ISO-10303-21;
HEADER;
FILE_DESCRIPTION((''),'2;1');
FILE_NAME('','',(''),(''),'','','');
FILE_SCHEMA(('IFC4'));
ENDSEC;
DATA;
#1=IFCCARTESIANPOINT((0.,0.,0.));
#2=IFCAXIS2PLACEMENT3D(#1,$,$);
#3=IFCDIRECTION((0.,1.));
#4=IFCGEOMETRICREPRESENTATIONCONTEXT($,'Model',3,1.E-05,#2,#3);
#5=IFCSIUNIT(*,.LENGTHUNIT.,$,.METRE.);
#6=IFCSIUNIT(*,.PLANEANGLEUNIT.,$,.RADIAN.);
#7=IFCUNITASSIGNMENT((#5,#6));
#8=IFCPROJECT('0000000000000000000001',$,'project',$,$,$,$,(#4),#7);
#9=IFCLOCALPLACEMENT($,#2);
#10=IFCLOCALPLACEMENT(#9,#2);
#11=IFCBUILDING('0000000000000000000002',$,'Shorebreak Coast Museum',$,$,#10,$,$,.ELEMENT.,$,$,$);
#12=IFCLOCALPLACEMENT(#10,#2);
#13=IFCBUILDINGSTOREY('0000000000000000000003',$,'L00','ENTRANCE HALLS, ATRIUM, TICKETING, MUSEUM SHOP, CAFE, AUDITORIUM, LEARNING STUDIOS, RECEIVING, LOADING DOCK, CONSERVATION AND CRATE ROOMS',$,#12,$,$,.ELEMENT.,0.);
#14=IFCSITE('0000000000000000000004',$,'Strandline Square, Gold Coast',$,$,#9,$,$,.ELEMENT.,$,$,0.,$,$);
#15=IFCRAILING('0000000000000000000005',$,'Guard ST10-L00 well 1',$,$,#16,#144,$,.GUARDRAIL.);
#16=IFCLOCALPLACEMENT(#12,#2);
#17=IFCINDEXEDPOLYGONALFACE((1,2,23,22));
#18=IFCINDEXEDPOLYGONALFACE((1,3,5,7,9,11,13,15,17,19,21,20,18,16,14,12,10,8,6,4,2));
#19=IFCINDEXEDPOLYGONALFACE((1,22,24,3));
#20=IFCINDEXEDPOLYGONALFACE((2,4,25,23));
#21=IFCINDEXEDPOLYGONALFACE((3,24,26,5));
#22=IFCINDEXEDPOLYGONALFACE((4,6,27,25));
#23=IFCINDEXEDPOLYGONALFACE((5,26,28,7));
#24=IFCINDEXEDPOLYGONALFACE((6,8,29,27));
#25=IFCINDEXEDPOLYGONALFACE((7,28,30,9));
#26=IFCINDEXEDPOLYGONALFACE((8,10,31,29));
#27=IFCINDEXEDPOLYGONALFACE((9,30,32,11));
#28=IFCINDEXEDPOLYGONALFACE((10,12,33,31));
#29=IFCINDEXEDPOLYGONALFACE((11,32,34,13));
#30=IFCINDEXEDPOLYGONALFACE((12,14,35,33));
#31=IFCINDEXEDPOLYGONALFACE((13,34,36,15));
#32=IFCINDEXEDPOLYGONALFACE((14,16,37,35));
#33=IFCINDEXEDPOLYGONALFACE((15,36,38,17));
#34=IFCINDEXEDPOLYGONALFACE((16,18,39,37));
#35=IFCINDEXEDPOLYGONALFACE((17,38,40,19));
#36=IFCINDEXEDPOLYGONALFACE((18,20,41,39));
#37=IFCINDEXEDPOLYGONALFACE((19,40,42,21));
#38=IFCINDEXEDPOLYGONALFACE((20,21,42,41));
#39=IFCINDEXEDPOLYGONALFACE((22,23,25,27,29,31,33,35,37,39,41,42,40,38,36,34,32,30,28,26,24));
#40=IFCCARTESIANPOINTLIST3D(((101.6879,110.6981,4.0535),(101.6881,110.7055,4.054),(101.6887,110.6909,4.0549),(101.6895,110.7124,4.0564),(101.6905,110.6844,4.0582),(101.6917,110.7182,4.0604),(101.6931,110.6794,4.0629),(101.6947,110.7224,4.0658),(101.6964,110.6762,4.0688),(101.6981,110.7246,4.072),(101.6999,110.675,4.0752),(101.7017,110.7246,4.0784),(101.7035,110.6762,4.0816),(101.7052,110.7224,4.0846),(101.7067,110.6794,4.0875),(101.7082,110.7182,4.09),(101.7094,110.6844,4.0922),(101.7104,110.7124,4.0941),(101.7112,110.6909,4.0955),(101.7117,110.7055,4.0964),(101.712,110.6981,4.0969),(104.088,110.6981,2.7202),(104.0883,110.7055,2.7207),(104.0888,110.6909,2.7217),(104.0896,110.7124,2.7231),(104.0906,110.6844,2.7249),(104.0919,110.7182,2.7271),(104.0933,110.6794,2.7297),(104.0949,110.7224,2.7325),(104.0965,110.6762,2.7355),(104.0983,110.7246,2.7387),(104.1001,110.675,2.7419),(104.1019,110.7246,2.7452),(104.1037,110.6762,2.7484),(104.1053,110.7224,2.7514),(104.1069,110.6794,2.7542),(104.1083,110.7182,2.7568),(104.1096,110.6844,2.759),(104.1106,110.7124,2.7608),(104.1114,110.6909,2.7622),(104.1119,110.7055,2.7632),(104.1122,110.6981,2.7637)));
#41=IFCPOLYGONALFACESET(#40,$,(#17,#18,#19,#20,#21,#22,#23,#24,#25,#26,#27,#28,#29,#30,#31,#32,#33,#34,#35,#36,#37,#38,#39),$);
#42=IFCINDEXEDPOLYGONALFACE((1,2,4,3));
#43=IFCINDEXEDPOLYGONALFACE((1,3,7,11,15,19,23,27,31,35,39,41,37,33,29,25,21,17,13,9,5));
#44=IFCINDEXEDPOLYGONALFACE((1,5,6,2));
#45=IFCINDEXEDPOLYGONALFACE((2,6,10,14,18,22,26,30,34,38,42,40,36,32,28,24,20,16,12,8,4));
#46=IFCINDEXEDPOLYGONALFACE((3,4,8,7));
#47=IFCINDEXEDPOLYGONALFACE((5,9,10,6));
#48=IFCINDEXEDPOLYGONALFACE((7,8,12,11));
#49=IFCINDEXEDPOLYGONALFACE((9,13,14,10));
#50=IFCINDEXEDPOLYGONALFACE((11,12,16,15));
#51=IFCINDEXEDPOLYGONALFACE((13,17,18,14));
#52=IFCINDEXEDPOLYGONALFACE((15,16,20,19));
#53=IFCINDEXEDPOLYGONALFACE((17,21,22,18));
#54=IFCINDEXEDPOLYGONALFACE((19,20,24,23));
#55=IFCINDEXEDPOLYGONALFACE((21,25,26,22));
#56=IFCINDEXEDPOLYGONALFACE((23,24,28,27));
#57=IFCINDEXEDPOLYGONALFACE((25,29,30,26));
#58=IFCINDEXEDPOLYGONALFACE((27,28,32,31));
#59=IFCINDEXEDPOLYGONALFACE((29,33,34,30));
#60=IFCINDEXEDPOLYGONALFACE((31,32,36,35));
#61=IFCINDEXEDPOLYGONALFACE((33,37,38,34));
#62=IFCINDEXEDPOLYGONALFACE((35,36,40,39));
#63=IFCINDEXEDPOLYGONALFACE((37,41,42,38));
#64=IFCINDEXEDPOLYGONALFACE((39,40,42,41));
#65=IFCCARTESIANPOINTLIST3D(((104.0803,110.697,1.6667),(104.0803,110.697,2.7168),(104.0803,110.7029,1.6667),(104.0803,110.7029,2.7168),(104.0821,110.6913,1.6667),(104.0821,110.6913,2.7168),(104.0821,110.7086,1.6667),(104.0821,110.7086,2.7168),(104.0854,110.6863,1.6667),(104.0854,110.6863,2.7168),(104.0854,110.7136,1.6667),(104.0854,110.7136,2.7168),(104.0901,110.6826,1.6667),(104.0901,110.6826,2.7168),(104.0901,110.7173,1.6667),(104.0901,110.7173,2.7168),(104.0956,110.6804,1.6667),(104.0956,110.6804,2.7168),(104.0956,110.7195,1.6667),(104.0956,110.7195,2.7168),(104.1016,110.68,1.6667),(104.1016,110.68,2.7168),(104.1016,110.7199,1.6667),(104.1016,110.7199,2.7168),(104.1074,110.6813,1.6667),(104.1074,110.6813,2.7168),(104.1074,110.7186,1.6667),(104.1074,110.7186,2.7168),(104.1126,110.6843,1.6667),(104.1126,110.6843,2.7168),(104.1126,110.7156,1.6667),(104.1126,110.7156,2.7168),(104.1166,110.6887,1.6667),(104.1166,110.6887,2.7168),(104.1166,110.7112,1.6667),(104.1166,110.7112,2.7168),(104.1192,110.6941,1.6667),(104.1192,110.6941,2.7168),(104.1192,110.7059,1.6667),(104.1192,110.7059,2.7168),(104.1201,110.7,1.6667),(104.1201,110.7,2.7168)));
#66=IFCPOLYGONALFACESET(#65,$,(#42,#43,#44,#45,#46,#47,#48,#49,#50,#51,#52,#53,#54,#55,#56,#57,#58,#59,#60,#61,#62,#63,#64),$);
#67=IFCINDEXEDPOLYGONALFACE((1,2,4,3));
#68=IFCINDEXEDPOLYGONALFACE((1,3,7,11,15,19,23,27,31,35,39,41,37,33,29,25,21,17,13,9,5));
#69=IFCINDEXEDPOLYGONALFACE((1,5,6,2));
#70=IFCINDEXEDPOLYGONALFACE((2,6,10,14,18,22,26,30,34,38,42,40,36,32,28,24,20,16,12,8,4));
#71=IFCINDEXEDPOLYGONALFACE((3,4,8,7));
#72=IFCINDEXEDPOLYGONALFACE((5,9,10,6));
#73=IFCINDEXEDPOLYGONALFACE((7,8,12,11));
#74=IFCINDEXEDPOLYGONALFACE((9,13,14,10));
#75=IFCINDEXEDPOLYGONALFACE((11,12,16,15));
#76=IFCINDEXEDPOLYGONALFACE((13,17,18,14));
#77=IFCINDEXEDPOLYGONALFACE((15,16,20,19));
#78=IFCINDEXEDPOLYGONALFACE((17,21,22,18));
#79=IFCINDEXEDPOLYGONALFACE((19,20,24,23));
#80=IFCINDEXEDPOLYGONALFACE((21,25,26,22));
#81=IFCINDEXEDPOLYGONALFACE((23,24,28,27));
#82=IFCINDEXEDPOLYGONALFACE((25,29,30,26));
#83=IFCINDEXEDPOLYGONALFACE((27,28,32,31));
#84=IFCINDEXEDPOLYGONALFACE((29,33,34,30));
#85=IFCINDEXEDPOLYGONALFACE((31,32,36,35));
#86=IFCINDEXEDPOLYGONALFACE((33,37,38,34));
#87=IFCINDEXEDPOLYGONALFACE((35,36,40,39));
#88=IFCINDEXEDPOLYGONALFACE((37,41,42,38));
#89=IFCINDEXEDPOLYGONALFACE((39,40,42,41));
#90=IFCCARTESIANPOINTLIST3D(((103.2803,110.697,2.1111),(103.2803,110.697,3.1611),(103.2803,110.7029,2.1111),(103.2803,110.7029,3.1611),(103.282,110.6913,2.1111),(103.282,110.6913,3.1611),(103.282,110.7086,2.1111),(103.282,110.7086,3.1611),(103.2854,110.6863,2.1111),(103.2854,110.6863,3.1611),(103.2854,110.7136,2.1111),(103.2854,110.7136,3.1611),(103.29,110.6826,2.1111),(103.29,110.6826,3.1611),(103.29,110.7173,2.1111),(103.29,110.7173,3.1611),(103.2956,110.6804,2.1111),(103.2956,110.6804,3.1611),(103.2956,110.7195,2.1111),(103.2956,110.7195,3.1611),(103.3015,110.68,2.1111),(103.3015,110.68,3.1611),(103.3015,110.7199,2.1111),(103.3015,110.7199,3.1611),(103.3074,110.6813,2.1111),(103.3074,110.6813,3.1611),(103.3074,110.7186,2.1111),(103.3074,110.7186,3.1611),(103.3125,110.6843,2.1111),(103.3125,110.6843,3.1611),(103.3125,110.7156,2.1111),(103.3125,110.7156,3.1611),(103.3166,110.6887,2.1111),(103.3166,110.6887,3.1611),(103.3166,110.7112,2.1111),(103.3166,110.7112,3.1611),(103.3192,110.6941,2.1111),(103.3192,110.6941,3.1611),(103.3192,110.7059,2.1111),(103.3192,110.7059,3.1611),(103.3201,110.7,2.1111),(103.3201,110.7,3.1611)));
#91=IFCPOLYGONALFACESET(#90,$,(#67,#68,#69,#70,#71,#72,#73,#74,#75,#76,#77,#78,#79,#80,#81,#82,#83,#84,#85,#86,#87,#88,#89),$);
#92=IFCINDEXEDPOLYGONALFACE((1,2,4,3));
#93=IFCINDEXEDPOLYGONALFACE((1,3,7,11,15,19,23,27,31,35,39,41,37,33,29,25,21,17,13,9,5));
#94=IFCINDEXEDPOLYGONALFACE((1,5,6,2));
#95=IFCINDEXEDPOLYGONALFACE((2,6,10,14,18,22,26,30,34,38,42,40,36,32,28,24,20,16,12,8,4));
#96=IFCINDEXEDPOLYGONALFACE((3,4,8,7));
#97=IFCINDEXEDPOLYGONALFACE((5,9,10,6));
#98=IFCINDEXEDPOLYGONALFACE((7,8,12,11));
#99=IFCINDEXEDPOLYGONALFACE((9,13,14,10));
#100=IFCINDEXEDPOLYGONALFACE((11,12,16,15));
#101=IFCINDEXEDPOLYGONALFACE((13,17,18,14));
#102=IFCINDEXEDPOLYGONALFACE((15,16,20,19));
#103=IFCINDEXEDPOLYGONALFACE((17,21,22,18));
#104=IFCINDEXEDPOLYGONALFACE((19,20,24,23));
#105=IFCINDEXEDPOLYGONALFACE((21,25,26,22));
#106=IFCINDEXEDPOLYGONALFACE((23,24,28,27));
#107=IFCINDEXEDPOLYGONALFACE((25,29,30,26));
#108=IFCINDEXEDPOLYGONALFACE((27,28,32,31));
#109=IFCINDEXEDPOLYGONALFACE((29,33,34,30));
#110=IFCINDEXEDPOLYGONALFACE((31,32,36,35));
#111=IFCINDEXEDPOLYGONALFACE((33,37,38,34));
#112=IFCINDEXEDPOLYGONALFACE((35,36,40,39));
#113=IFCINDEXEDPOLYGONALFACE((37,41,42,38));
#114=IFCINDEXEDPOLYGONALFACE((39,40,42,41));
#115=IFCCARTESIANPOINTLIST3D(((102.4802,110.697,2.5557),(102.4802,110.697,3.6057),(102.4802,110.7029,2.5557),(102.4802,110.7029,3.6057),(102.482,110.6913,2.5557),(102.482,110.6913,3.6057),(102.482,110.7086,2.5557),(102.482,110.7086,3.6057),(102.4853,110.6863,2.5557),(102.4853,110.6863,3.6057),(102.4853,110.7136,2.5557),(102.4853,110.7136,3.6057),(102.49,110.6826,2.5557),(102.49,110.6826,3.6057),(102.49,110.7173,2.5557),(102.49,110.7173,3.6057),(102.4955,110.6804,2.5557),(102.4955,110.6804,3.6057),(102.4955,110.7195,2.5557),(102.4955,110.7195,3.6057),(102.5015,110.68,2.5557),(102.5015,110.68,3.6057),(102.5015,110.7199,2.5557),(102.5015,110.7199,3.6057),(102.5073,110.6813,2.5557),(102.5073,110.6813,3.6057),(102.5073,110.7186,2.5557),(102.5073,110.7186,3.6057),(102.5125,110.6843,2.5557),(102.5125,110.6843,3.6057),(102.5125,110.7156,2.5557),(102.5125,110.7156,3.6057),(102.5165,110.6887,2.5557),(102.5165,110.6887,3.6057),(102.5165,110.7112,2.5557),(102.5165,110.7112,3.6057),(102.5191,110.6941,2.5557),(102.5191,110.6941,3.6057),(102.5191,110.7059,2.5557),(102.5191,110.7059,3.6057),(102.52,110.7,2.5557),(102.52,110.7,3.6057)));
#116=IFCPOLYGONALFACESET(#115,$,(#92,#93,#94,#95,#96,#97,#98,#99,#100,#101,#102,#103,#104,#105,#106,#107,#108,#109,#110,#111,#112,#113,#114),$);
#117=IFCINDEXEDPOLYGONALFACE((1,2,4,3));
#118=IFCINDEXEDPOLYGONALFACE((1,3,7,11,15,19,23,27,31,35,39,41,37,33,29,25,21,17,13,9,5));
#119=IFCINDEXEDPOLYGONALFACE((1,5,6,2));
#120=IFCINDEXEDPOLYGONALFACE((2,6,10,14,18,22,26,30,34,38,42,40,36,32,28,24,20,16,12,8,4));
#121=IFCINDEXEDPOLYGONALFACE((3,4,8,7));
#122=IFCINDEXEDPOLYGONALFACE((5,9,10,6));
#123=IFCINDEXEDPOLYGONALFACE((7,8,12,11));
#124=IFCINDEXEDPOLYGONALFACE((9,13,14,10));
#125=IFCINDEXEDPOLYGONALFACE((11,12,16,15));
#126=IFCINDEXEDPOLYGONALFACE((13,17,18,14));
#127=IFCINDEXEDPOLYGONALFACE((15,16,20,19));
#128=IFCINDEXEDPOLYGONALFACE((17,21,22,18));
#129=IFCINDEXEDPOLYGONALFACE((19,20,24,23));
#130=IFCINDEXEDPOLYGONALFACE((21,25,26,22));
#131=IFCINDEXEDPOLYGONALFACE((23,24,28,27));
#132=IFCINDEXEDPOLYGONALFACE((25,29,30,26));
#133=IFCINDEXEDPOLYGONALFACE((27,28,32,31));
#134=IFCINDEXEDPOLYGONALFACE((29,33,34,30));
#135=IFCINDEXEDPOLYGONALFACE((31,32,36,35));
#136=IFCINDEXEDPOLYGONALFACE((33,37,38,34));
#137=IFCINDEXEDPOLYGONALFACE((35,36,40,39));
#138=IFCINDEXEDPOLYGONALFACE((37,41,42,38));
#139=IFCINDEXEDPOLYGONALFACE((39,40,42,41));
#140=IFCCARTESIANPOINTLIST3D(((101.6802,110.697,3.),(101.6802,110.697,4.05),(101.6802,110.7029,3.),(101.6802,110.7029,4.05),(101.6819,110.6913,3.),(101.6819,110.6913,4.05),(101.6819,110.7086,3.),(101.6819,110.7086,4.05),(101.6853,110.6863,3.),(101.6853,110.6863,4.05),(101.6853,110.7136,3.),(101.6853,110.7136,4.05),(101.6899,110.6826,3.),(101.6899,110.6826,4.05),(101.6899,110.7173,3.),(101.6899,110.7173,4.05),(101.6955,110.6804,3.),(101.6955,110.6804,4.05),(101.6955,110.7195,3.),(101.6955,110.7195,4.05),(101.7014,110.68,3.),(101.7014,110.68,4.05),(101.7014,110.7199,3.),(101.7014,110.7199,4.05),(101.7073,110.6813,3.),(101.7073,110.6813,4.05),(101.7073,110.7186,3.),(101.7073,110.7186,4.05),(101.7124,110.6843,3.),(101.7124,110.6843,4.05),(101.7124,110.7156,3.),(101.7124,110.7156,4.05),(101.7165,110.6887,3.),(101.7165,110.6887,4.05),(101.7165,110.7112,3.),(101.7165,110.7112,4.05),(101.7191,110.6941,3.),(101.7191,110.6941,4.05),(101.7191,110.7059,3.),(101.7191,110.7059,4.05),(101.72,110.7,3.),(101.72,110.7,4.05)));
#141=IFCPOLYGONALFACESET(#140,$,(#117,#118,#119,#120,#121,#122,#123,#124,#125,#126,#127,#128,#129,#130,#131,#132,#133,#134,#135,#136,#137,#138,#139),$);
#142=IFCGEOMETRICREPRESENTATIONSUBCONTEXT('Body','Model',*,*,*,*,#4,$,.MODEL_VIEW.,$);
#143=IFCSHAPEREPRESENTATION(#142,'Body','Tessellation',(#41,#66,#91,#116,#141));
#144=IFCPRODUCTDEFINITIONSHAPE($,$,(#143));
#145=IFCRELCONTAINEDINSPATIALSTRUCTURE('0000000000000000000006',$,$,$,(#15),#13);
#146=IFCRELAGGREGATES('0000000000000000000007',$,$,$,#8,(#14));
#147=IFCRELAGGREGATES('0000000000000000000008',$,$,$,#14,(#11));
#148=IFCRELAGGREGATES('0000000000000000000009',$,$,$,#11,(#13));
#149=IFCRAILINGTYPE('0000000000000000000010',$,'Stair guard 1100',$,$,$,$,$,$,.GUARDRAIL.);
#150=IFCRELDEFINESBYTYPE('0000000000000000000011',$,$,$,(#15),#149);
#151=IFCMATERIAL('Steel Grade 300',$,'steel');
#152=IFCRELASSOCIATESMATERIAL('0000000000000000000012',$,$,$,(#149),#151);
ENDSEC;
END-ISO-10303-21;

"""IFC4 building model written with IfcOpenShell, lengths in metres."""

from ifc_helpers import new_model, si_unit, direction, frame, origin, origin_2d, place, context, subcontext, project, spatial, circle, extrude, material, type_object, element, save


model = new_model("IFC4")

# Units and contexts
model_context = context("Model", 3, precision=1e-05, world=origin(), true_north=direction((0.0, 1.0)))
body_context = subcontext(model_context, "Body", "Model", "MODEL_VIEW")
ifc_project = project(units=[si_unit("LENGTHUNIT", "METRE"), si_unit("PLANEANGLEUNIT", "RADIAN")], contexts=[model_context])

# Site, building, storey
site_placement = place(None, origin())
site = spatial("IfcSite", under=ifc_project, at=site_placement, Name="Strandline Square, Gold Coast", CompositionType="ELEMENT", RefElevation=0.0)
building_placement = place(site_placement, origin())
building = spatial("IfcBuilding", under=site, at=building_placement, Name="Shorebreak Coast Museum", CompositionType="ELEMENT")
storey_placement = place(building_placement, origin())
storey = spatial("IfcBuildingStorey", under=building, at=storey_placement, Name="L00", Description="ENTRANCE HALLS, ATRIUM, TICKETING, MUSEUM SHOP, CAFE, AUDITORIUM, LEARNING STUDIOS, RECEIVING, LOADING DOCK, CONSERVATION AND CRATE ROOMS", CompositionType="ELEMENT", Elevation=0.0)

# Railing
ifc_material_1 = material(Name="Steel Grade 300", Category="steel")
railing_type_1 = type_object("IfcRailingType", Name="Stair guard 1100", PredefinedType="GUARDRAIL", material=ifc_material_1)
for number, where, name in (
    (1, (104.1001, 110.7, 1.6667), "Guard ST10-L00 well 1"),
):
    element("IfcRailing", number, at=place(storey_placement, frame(where)), inside=storey, type_object=railing_type_1, Name=name, PredefinedType="GUARDRAIL", context=body_context, shape_type="SweptSolid", body=[
        extrude(circle(Radius=0.0249, at=origin_2d()), frame((0.0, 0.0, 1.0752), z_axis=(-0.874182, 0.0, 0.485598), x_axis=(0.0, -1.0, 0.0)), (0.0, 0.0, 1.0), 2.7456),
        extrude(circle(Radius=0.02, at=origin_2d()), origin(), (0.0, 0.0, 1.0), 1.05),
        extrude(circle(Radius=0.02, at=origin_2d()), frame((-0.8, 0.0, 0.4443)), (0.0, 0.0, 1.0), 1.05),
        extrude(circle(Radius=0.02, at=origin_2d()), frame((-1.6001, 0.0, 0.8889)), (0.0, 0.0, 1.0), 1.05),
        extrude(circle(Radius=0.02, at=origin_2d()), frame((-2.4001, 0.0, 1.3333)), (0.0, 0.0, 1.0), 1.05),
    ])

save(model, "model.ifc")
